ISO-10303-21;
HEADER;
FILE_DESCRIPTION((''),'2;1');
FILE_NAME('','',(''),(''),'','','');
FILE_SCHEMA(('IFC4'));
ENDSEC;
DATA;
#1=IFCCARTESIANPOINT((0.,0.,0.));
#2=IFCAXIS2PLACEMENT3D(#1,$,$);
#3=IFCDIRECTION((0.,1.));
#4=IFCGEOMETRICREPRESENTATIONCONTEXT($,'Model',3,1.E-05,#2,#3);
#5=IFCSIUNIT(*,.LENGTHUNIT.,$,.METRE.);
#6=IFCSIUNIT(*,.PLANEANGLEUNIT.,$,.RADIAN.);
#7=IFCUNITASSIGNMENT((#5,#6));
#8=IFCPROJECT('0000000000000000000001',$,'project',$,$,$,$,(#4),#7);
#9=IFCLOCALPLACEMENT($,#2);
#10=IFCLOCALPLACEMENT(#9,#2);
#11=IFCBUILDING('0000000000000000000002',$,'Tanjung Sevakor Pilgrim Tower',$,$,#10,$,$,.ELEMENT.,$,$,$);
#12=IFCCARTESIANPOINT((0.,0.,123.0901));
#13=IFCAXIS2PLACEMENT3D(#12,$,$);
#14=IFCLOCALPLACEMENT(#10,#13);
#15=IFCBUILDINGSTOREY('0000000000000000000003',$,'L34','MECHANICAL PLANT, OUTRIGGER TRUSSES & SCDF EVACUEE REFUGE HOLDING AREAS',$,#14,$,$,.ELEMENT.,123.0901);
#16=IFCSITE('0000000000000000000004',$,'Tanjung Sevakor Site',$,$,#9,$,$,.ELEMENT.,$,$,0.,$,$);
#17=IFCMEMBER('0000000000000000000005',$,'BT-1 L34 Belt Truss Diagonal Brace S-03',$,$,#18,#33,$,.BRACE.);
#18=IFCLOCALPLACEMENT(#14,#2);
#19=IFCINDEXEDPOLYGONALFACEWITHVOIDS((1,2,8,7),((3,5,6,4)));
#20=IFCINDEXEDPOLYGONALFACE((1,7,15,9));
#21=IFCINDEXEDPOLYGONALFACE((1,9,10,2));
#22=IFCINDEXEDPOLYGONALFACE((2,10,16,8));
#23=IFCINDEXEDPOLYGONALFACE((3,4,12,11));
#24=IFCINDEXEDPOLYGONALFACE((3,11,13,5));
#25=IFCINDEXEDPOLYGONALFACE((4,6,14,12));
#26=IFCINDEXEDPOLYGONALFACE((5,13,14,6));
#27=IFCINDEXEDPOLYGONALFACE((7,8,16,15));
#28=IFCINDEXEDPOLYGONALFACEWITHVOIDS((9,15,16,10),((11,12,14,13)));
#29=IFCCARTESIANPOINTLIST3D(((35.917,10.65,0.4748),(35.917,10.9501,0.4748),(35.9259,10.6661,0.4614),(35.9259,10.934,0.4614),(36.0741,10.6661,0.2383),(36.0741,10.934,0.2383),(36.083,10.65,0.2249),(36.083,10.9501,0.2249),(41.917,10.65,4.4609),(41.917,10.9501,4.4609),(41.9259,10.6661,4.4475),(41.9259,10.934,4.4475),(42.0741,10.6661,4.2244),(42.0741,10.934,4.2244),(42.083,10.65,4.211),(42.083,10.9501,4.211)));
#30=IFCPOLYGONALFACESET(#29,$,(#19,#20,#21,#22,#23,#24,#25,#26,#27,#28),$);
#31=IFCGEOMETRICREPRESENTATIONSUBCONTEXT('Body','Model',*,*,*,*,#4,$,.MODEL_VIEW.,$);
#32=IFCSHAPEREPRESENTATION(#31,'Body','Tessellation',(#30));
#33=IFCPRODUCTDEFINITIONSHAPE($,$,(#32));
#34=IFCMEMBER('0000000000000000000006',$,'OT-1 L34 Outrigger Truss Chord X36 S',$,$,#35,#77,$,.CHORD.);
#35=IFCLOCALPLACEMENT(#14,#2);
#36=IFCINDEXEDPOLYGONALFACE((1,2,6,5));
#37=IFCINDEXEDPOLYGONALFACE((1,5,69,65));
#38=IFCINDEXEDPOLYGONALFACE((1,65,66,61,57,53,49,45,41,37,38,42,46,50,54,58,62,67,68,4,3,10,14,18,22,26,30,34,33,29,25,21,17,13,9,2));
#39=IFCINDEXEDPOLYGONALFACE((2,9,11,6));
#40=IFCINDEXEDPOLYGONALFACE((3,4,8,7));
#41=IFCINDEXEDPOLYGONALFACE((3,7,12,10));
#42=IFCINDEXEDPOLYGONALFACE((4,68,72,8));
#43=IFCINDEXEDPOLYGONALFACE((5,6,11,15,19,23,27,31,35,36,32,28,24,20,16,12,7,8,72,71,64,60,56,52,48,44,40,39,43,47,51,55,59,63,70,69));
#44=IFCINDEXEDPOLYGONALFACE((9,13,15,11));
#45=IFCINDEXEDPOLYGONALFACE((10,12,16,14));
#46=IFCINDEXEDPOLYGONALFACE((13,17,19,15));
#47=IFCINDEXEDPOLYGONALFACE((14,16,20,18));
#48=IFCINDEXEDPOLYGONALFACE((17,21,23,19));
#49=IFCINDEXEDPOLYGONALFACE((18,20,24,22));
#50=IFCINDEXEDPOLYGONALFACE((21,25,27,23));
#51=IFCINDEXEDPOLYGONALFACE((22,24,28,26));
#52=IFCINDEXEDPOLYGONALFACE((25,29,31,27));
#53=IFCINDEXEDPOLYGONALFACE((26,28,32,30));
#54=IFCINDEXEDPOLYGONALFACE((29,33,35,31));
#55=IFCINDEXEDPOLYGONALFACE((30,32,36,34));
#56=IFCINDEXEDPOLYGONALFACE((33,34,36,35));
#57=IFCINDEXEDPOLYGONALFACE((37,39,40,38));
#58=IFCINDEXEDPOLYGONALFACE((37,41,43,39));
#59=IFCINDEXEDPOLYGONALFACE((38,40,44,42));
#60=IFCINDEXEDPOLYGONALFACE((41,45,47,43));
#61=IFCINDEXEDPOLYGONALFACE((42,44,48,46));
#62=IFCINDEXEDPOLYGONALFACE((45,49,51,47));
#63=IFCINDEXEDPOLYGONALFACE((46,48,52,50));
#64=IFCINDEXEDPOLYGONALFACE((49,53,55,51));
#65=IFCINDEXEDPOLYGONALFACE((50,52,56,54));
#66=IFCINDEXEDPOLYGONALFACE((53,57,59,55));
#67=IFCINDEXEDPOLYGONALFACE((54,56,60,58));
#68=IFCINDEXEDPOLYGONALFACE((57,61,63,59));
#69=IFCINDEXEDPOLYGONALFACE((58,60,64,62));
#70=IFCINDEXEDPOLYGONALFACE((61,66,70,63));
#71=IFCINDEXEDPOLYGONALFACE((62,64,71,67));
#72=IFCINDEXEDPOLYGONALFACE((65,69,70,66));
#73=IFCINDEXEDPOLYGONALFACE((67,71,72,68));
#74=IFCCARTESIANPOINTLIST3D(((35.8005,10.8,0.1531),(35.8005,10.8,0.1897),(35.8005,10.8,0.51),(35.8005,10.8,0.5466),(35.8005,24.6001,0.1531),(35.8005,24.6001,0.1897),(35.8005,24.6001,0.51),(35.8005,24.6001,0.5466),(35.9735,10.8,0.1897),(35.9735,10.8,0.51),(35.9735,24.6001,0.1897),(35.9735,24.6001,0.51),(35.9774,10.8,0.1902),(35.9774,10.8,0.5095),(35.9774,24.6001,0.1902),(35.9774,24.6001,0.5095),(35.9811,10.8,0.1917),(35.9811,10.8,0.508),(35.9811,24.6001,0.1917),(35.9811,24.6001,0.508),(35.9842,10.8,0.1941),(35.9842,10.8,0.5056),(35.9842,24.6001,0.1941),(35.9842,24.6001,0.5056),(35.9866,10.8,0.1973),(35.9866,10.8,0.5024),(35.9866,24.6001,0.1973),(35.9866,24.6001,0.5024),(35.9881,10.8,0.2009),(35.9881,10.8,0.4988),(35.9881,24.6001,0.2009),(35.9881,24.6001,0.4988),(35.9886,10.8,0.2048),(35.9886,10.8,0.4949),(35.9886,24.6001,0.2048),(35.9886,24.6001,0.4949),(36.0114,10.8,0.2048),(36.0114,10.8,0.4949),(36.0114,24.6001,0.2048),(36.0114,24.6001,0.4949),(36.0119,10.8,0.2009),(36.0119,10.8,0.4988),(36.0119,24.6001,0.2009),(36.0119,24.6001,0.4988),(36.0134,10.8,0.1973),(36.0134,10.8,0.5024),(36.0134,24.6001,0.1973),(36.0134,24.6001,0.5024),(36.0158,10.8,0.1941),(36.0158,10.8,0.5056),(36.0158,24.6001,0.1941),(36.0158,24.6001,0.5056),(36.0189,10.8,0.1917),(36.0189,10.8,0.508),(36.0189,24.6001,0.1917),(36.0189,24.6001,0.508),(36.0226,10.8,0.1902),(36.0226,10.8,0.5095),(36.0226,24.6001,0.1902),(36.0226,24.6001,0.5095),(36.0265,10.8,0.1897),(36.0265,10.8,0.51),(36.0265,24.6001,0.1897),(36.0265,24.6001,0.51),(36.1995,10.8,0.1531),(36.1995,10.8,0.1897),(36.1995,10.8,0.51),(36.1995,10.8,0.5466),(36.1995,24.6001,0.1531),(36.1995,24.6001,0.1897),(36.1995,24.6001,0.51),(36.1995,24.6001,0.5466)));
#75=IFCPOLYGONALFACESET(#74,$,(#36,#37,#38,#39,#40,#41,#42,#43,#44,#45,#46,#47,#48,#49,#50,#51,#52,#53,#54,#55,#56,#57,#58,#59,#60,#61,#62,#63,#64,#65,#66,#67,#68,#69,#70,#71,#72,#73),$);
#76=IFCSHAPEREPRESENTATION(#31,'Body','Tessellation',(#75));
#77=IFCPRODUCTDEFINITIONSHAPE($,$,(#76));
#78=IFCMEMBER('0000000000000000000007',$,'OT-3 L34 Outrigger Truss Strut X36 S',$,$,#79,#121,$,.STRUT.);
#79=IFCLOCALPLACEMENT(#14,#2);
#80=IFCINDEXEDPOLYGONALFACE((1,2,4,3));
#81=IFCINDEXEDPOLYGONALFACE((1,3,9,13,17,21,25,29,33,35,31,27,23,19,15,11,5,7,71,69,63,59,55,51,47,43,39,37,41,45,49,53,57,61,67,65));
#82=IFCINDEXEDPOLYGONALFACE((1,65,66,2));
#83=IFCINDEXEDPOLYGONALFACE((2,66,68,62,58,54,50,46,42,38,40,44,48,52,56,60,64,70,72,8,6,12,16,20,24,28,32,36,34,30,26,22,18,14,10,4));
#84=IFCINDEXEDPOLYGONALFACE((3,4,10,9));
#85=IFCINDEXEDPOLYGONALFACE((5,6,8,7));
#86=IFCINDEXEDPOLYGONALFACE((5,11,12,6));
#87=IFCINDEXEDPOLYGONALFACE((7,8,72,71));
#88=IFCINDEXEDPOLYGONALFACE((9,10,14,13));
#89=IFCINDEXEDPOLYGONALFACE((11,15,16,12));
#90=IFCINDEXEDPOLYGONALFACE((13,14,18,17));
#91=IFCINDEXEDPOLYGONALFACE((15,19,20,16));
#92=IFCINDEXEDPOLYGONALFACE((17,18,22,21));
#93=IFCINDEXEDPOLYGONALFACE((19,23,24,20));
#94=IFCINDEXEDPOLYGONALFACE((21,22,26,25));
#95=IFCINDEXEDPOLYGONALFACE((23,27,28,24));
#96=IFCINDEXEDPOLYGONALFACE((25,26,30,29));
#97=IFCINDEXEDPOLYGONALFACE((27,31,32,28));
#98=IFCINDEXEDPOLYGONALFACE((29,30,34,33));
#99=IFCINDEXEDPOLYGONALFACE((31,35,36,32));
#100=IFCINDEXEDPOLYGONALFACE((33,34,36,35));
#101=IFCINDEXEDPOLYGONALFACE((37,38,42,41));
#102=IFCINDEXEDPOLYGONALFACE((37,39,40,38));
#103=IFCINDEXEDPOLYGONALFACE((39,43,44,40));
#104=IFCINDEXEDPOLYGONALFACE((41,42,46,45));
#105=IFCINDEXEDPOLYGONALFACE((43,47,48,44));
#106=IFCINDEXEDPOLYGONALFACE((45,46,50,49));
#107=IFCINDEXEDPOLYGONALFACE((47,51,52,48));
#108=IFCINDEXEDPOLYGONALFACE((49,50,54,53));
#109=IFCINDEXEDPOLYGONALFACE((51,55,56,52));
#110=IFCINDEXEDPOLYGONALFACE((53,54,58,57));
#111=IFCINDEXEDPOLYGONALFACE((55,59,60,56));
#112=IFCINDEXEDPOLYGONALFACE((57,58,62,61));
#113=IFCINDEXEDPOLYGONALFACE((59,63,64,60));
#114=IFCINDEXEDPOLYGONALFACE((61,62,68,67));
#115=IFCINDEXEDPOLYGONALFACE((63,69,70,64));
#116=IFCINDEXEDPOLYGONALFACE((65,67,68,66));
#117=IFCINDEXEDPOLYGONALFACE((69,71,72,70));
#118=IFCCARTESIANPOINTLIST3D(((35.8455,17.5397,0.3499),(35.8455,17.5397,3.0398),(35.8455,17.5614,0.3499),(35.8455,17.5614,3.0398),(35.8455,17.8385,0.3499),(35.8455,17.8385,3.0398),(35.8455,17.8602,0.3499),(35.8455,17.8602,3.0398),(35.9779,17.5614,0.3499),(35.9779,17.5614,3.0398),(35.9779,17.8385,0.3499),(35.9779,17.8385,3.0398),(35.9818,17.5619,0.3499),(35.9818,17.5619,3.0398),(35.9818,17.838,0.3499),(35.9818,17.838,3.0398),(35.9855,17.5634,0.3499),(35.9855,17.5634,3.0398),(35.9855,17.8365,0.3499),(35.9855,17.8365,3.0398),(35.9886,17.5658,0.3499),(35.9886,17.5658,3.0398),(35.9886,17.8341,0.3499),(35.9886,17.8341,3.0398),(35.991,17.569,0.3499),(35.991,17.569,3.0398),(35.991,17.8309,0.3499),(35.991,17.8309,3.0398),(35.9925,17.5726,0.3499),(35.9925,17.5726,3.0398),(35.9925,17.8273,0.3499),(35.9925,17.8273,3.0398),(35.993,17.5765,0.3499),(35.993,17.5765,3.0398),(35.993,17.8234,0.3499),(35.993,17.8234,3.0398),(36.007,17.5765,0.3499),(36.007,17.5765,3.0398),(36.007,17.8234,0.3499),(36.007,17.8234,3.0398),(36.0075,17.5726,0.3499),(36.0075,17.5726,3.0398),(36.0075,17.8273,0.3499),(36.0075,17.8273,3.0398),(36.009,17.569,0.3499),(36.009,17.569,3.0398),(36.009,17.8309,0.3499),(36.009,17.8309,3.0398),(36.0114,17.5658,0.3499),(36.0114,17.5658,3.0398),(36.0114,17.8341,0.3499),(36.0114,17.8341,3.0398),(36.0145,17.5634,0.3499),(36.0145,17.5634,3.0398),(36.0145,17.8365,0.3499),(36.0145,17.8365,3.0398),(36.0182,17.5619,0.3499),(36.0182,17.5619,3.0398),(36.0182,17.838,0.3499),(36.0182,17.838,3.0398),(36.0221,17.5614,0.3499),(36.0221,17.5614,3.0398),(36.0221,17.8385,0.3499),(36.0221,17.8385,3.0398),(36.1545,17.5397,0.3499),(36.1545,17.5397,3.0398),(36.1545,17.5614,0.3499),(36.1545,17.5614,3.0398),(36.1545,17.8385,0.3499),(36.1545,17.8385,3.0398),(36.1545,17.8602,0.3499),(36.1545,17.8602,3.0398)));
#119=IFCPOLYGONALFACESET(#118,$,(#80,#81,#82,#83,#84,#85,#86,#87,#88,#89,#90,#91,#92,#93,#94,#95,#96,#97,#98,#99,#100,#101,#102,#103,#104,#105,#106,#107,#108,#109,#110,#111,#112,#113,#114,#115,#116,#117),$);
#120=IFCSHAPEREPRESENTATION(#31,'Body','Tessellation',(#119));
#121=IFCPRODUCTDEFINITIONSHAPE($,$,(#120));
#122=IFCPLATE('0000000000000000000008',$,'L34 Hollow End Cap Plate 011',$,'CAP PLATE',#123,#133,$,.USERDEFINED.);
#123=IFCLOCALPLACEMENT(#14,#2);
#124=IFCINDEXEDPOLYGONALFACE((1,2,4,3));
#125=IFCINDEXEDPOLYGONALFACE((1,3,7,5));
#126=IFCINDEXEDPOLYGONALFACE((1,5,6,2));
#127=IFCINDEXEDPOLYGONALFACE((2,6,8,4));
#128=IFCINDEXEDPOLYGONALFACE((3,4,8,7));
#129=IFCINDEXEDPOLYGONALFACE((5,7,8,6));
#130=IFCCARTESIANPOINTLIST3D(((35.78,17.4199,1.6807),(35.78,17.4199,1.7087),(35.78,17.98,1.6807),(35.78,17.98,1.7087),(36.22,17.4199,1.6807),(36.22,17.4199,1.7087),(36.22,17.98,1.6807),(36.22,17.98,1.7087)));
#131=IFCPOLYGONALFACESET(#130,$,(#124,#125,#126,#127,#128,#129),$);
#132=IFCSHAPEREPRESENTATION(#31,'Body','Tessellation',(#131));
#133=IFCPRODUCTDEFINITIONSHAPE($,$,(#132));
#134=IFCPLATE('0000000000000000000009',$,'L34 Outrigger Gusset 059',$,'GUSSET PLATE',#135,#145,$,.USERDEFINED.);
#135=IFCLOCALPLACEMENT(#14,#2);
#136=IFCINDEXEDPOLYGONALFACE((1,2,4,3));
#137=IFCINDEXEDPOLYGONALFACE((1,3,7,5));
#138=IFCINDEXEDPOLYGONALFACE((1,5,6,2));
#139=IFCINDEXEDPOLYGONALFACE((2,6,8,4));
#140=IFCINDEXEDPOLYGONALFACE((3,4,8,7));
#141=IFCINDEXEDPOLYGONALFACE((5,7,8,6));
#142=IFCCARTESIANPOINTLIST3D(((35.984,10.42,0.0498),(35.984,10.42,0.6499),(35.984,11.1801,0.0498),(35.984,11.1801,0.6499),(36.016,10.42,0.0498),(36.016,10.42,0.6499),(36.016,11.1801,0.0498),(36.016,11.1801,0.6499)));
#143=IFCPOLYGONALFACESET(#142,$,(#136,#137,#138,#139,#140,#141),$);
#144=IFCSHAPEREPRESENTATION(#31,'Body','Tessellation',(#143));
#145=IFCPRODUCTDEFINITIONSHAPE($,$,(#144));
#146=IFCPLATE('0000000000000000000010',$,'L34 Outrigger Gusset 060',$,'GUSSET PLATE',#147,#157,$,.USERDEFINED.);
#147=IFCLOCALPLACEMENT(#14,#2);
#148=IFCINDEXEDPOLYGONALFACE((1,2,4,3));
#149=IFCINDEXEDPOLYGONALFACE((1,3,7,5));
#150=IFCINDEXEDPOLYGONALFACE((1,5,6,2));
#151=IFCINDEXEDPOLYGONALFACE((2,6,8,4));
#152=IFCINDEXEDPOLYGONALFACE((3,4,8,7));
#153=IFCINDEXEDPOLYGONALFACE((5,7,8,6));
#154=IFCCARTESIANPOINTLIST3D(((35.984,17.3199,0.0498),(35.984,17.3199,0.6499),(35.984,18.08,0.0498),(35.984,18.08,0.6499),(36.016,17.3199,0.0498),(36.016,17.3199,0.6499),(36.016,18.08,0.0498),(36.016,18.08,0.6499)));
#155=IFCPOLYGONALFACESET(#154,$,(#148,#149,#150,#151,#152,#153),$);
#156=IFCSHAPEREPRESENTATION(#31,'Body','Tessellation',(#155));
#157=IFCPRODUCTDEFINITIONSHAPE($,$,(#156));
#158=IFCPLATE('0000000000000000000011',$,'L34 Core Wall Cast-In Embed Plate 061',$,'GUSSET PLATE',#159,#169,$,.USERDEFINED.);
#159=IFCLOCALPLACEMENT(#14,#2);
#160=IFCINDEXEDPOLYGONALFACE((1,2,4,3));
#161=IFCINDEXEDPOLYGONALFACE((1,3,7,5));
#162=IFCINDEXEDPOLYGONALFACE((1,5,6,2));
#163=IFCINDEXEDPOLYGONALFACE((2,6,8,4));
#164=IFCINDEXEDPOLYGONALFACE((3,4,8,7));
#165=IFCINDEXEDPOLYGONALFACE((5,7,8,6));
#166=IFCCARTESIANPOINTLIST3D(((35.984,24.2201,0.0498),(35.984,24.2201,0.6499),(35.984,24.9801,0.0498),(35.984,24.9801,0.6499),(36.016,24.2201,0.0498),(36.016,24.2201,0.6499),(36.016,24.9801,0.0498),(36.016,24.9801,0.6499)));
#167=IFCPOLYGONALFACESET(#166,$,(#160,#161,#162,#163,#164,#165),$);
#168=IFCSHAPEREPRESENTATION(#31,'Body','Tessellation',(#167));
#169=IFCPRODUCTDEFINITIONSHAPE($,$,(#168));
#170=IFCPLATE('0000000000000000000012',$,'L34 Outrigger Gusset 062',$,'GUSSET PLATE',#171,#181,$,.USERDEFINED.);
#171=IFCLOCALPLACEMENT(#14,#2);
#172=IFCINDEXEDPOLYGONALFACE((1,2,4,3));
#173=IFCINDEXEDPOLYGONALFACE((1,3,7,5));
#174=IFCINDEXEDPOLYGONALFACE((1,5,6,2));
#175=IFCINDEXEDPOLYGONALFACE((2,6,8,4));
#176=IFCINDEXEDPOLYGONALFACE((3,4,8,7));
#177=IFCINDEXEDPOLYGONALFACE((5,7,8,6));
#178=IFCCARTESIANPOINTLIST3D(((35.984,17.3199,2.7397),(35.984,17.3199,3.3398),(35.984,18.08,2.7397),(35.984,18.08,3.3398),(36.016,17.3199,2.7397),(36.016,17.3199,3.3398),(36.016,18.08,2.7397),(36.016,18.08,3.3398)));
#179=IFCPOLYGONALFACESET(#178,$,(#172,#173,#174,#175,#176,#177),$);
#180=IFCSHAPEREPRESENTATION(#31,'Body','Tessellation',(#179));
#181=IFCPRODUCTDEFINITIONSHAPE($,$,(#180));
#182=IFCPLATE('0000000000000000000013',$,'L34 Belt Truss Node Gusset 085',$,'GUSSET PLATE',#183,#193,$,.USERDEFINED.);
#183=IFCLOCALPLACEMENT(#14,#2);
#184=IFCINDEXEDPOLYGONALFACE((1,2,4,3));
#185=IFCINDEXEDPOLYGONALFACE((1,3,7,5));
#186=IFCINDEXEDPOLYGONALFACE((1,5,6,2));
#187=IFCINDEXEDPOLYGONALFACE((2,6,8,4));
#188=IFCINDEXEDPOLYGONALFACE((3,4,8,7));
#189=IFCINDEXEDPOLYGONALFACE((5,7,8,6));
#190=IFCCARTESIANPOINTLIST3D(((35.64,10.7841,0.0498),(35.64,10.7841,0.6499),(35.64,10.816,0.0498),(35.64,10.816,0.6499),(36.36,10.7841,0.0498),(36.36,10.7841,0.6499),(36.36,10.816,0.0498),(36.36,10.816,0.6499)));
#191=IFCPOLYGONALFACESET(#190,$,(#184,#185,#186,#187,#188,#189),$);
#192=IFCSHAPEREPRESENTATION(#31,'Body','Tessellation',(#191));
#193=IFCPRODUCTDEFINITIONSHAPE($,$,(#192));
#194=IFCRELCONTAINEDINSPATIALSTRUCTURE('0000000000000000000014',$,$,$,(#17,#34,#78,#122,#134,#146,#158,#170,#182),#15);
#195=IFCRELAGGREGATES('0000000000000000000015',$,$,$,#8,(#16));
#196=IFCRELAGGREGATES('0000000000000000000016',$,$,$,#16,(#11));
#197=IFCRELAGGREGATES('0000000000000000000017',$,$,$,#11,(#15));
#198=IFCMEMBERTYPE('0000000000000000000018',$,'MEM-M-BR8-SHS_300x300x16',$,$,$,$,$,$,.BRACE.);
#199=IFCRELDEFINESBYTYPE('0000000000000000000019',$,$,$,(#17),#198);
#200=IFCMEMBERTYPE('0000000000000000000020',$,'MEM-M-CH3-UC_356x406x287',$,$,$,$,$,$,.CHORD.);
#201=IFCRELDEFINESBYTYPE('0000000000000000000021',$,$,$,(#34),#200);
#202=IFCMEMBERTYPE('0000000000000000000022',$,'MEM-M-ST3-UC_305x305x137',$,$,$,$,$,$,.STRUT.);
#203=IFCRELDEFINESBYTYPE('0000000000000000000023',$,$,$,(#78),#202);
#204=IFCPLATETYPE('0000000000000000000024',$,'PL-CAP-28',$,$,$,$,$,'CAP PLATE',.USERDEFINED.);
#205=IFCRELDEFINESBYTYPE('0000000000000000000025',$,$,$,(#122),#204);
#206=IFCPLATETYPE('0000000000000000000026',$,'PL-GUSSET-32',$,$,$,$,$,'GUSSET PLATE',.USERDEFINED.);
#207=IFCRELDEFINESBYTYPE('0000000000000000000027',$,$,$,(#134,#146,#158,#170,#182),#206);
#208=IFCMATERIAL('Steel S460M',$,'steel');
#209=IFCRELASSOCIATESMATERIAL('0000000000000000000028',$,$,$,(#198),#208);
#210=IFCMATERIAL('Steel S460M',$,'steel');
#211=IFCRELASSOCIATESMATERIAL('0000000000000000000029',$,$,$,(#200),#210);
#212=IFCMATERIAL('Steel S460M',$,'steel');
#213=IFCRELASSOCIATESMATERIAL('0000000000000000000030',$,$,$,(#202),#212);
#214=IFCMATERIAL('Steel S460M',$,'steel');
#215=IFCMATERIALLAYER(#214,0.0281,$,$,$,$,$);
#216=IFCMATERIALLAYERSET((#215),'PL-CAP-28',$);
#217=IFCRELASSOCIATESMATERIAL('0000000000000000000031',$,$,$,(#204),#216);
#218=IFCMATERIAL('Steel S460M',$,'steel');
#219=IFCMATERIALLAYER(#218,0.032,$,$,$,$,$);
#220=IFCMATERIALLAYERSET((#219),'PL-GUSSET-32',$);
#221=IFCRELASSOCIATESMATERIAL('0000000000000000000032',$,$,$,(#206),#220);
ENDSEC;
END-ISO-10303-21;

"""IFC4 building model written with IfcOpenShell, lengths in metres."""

from ifc_helpers import new_model, si_unit, direction, frame, origin, origin_2d, place, context, subcontext, project, spatial, rectangle, hollow_rectangle, i_section, extrude, material, layer, layer_set, material_profile, profile_set, type_object, element, save


model = new_model("IFC4")

# Units and contexts
model_context = context("Model", 3, precision=1e-05, world=origin(), true_north=direction((0.0, 1.0)))
body_context = subcontext(model_context, "Body", "Model", "MODEL_VIEW")
ifc_project = project(units=[si_unit("LENGTHUNIT", "METRE"), si_unit("PLANEANGLEUNIT", "RADIAN")], contexts=[model_context])

# Site, building, storey
site_placement = place(None, origin())
site = spatial("IfcSite", under=ifc_project, at=site_placement, Name="Tanjung Sevakor Site", CompositionType="ELEMENT", RefElevation=0.0)
building_placement = place(site_placement, origin())
building = spatial("IfcBuilding", under=site, at=building_placement, Name="Tanjung Sevakor Pilgrim Tower", CompositionType="ELEMENT")
storey_placement = place(building_placement, frame((0.0, 0.0, 123.0901)))
storey = spatial("IfcBuildingStorey", under=building, at=storey_placement, Name="L34", Description="MECHANICAL PLANT, OUTRIGGER TRUSSES & SCDF EVACUEE REFUGE HOLDING AREAS", CompositionType="ELEMENT", Elevation=123.0901)

# Members
ifc_material_1 = material(Name="Steel S460M", Category="steel")
ifc_material_profile_1 = material_profile(ifc_material_1, hollow_rectangle(XDim=0.3, YDim=0.3, WallThickness=0.0161, at=origin_2d()))
ifc_profile_set_1 = profile_set([ifc_material_profile_1], Name="Steel S460M")
member_type_1 = type_object("IfcMemberType", Name="MEM-M-BR8-SHS_300x300x16", PredefinedType="BRACE", material=ifc_profile_set_1)
member_1_placement = place(storey_placement, frame((36.0, 10.8, 0.3499), z_axis=(0.832941, 0.0, 0.553362), x_axis=(0.0, 1.0, 0.0)))
element("IfcMember", 1, at=member_1_placement, inside=storey, type_object=member_type_1, Name="BT-1 L34 Belt Truss Diagonal Brace S-03", PredefinedType="BRACE", context=body_context, shape_type="SweptSolid", body=[
    extrude(hollow_rectangle(XDim=0.3, YDim=0.3, WallThickness=0.0161, at=origin_2d()), origin(), (0.0, 0.0, 1.0), 7.2034),
])
ifc_material_2 = material(Name="Steel S460M", Category="steel")
ifc_material_profile_2 = material_profile(ifc_material_2, i_section(OverallWidth=0.3989, OverallDepth=0.3936, WebThickness=0.0227, FlangeThickness=0.0366, FilletRadius=0.0151, at=origin_2d()))
ifc_profile_set_2 = profile_set([ifc_material_profile_2], Name="Steel S460M")
member_type_2 = type_object("IfcMemberType", Name="MEM-M-CH3-UC_356x406x287", PredefinedType="CHORD", material=ifc_profile_set_2)
member_2_placement = place(storey_placement, frame((36.0, 10.8, 0.3499), z_axis=(0.0, 1.0, 0.0), x_axis=(-1.0, 0.0, 0.0)))
element("IfcMember", 2, at=member_2_placement, inside=storey, type_object=member_type_2, Name="OT-1 L34 Outrigger Truss Chord X36 S", PredefinedType="CHORD", context=body_context, shape_type="SweptSolid", body=[
    extrude(i_section(OverallWidth=0.3989, OverallDepth=0.3936, WebThickness=0.0227, FlangeThickness=0.0366, FilletRadius=0.0151, at=origin_2d()), origin(), (0.0, 0.0, 1.0), 13.8),
])
ifc_material_3 = material(Name="Steel S460M", Category="steel")
ifc_material_profile_3 = material_profile(ifc_material_3, i_section(OverallWidth=0.3091, OverallDepth=0.3206, WebThickness=0.0139, FlangeThickness=0.0217, FilletRadius=0.0151, at=origin_2d()))
ifc_profile_set_3 = profile_set([ifc_material_profile_3], Name="Steel S460M")
member_type_3 = type_object("IfcMemberType", Name="MEM-M-ST3-UC_305x305x137", PredefinedType="STRUT", material=ifc_profile_set_3)
member_3_placement = place(storey_placement, frame((36.0, 17.7, 0.3499), z_axis=(0.0, 0.0, 1.0), x_axis=(1.0, 0.0, 0.0)))
element("IfcMember", 3, at=member_3_placement, inside=storey, type_object=member_type_3, Name="OT-3 L34 Outrigger Truss Strut X36 S", PredefinedType="STRUT", context=body_context, shape_type="SweptSolid", body=[
    extrude(i_section(OverallWidth=0.3091, OverallDepth=0.3206, WebThickness=0.0139, FlangeThickness=0.0217, FilletRadius=0.0151, at=origin_2d()), origin(), (0.0, 0.0, 1.0), 2.6899),
])

# Plates
ifc_material_4 = material(Name="Steel S460M", Category="steel")
ifc_layer_1 = layer(ifc_material_4, 0.0281)
ifc_layer_set_1 = layer_set([ifc_layer_1], Name="PL-CAP-28")
plate_type_1 = type_object("IfcPlateType", Name="PL-CAP-28", ElementType="CAP PLATE", PredefinedType="USERDEFINED", material=ifc_layer_set_1)
plate_placement = place(storey_placement, frame((36.0, 17.7, 1.6807), z_axis=(0.0, 0.0, 1.0), x_axis=(1.0, 0.0, 0.0)))
element("IfcPlate", 4, at=plate_placement, inside=storey, type_object=plate_type_1, Name="L34 Hollow End Cap Plate 011", ObjectType="CAP PLATE", PredefinedType="USERDEFINED", context=body_context, shape_type="SweptSolid", body=[
    extrude(rectangle(XDim=0.4399, YDim=0.5601, at=origin_2d()), origin(), (0.0, 0.0, 1.0), 0.0281),
])
ifc_material_5 = material(Name="Steel S460M", Category="steel")
ifc_layer_2 = layer(ifc_material_5, 0.032)
ifc_layer_set_2 = layer_set([ifc_layer_2], Name="PL-GUSSET-32")
plate_type_2 = type_object("IfcPlateType", Name="PL-GUSSET-32", ElementType="GUSSET PLATE", PredefinedType="USERDEFINED", material=ifc_layer_set_2)
for number, where, z_axis, x_axis, name in (
    (5, (36.0, 10.8, 0.0498), (0.0, 0.0, 1.0), (1.0, 0.0, 0.0), "L34 Outrigger Gusset 059"),
    (6, (36.0, 17.7, 0.0498), (0.0, 0.0, 1.0), (1.0, 0.0, 0.0), "L34 Outrigger Gusset 060"),
    (7, (36.0, 24.6001, 0.0498), (0.0, 0.0, 1.0), (1.0, 0.0, 0.0), "L34 Core Wall Cast-In Embed Plate 061"),
    (8, (36.0, 17.7, 2.7397), (0.0, 0.0, 1.0), (1.0, 0.0, 0.0), "L34 Outrigger Gusset 062"),
):
    element("IfcPlate", number, at=place(storey_placement, frame(where, z_axis=z_axis, x_axis=x_axis)), inside=storey, type_object=plate_type_2, Name=name, ObjectType="GUSSET PLATE", PredefinedType="USERDEFINED", context=body_context, shape_type="SweptSolid", body=[
        extrude(rectangle(XDim=0.032, YDim=0.76, at=origin_2d()), origin(), (0.0, 0.0, 1.0), 0.6001),
    ])
for number, where, z_axis, x_axis, name in (
    (9, (36.0, 10.8, 0.0498), (0.0, 0.0, 1.0), (1.0, 0.0, 0.0), "L34 Belt Truss Node Gusset 085"),
):
    element("IfcPlate", number, at=place(storey_placement, frame(where, z_axis=z_axis, x_axis=x_axis)), inside=storey, type_object=plate_type_2, Name=name, ObjectType="GUSSET PLATE", PredefinedType="USERDEFINED", context=body_context, shape_type="SweptSolid", body=[
        extrude(rectangle(XDim=0.72, YDim=0.032, at=origin_2d()), origin(), (0.0, 0.0, 1.0), 0.6001),
    ])

save(model, "model.ifc")
